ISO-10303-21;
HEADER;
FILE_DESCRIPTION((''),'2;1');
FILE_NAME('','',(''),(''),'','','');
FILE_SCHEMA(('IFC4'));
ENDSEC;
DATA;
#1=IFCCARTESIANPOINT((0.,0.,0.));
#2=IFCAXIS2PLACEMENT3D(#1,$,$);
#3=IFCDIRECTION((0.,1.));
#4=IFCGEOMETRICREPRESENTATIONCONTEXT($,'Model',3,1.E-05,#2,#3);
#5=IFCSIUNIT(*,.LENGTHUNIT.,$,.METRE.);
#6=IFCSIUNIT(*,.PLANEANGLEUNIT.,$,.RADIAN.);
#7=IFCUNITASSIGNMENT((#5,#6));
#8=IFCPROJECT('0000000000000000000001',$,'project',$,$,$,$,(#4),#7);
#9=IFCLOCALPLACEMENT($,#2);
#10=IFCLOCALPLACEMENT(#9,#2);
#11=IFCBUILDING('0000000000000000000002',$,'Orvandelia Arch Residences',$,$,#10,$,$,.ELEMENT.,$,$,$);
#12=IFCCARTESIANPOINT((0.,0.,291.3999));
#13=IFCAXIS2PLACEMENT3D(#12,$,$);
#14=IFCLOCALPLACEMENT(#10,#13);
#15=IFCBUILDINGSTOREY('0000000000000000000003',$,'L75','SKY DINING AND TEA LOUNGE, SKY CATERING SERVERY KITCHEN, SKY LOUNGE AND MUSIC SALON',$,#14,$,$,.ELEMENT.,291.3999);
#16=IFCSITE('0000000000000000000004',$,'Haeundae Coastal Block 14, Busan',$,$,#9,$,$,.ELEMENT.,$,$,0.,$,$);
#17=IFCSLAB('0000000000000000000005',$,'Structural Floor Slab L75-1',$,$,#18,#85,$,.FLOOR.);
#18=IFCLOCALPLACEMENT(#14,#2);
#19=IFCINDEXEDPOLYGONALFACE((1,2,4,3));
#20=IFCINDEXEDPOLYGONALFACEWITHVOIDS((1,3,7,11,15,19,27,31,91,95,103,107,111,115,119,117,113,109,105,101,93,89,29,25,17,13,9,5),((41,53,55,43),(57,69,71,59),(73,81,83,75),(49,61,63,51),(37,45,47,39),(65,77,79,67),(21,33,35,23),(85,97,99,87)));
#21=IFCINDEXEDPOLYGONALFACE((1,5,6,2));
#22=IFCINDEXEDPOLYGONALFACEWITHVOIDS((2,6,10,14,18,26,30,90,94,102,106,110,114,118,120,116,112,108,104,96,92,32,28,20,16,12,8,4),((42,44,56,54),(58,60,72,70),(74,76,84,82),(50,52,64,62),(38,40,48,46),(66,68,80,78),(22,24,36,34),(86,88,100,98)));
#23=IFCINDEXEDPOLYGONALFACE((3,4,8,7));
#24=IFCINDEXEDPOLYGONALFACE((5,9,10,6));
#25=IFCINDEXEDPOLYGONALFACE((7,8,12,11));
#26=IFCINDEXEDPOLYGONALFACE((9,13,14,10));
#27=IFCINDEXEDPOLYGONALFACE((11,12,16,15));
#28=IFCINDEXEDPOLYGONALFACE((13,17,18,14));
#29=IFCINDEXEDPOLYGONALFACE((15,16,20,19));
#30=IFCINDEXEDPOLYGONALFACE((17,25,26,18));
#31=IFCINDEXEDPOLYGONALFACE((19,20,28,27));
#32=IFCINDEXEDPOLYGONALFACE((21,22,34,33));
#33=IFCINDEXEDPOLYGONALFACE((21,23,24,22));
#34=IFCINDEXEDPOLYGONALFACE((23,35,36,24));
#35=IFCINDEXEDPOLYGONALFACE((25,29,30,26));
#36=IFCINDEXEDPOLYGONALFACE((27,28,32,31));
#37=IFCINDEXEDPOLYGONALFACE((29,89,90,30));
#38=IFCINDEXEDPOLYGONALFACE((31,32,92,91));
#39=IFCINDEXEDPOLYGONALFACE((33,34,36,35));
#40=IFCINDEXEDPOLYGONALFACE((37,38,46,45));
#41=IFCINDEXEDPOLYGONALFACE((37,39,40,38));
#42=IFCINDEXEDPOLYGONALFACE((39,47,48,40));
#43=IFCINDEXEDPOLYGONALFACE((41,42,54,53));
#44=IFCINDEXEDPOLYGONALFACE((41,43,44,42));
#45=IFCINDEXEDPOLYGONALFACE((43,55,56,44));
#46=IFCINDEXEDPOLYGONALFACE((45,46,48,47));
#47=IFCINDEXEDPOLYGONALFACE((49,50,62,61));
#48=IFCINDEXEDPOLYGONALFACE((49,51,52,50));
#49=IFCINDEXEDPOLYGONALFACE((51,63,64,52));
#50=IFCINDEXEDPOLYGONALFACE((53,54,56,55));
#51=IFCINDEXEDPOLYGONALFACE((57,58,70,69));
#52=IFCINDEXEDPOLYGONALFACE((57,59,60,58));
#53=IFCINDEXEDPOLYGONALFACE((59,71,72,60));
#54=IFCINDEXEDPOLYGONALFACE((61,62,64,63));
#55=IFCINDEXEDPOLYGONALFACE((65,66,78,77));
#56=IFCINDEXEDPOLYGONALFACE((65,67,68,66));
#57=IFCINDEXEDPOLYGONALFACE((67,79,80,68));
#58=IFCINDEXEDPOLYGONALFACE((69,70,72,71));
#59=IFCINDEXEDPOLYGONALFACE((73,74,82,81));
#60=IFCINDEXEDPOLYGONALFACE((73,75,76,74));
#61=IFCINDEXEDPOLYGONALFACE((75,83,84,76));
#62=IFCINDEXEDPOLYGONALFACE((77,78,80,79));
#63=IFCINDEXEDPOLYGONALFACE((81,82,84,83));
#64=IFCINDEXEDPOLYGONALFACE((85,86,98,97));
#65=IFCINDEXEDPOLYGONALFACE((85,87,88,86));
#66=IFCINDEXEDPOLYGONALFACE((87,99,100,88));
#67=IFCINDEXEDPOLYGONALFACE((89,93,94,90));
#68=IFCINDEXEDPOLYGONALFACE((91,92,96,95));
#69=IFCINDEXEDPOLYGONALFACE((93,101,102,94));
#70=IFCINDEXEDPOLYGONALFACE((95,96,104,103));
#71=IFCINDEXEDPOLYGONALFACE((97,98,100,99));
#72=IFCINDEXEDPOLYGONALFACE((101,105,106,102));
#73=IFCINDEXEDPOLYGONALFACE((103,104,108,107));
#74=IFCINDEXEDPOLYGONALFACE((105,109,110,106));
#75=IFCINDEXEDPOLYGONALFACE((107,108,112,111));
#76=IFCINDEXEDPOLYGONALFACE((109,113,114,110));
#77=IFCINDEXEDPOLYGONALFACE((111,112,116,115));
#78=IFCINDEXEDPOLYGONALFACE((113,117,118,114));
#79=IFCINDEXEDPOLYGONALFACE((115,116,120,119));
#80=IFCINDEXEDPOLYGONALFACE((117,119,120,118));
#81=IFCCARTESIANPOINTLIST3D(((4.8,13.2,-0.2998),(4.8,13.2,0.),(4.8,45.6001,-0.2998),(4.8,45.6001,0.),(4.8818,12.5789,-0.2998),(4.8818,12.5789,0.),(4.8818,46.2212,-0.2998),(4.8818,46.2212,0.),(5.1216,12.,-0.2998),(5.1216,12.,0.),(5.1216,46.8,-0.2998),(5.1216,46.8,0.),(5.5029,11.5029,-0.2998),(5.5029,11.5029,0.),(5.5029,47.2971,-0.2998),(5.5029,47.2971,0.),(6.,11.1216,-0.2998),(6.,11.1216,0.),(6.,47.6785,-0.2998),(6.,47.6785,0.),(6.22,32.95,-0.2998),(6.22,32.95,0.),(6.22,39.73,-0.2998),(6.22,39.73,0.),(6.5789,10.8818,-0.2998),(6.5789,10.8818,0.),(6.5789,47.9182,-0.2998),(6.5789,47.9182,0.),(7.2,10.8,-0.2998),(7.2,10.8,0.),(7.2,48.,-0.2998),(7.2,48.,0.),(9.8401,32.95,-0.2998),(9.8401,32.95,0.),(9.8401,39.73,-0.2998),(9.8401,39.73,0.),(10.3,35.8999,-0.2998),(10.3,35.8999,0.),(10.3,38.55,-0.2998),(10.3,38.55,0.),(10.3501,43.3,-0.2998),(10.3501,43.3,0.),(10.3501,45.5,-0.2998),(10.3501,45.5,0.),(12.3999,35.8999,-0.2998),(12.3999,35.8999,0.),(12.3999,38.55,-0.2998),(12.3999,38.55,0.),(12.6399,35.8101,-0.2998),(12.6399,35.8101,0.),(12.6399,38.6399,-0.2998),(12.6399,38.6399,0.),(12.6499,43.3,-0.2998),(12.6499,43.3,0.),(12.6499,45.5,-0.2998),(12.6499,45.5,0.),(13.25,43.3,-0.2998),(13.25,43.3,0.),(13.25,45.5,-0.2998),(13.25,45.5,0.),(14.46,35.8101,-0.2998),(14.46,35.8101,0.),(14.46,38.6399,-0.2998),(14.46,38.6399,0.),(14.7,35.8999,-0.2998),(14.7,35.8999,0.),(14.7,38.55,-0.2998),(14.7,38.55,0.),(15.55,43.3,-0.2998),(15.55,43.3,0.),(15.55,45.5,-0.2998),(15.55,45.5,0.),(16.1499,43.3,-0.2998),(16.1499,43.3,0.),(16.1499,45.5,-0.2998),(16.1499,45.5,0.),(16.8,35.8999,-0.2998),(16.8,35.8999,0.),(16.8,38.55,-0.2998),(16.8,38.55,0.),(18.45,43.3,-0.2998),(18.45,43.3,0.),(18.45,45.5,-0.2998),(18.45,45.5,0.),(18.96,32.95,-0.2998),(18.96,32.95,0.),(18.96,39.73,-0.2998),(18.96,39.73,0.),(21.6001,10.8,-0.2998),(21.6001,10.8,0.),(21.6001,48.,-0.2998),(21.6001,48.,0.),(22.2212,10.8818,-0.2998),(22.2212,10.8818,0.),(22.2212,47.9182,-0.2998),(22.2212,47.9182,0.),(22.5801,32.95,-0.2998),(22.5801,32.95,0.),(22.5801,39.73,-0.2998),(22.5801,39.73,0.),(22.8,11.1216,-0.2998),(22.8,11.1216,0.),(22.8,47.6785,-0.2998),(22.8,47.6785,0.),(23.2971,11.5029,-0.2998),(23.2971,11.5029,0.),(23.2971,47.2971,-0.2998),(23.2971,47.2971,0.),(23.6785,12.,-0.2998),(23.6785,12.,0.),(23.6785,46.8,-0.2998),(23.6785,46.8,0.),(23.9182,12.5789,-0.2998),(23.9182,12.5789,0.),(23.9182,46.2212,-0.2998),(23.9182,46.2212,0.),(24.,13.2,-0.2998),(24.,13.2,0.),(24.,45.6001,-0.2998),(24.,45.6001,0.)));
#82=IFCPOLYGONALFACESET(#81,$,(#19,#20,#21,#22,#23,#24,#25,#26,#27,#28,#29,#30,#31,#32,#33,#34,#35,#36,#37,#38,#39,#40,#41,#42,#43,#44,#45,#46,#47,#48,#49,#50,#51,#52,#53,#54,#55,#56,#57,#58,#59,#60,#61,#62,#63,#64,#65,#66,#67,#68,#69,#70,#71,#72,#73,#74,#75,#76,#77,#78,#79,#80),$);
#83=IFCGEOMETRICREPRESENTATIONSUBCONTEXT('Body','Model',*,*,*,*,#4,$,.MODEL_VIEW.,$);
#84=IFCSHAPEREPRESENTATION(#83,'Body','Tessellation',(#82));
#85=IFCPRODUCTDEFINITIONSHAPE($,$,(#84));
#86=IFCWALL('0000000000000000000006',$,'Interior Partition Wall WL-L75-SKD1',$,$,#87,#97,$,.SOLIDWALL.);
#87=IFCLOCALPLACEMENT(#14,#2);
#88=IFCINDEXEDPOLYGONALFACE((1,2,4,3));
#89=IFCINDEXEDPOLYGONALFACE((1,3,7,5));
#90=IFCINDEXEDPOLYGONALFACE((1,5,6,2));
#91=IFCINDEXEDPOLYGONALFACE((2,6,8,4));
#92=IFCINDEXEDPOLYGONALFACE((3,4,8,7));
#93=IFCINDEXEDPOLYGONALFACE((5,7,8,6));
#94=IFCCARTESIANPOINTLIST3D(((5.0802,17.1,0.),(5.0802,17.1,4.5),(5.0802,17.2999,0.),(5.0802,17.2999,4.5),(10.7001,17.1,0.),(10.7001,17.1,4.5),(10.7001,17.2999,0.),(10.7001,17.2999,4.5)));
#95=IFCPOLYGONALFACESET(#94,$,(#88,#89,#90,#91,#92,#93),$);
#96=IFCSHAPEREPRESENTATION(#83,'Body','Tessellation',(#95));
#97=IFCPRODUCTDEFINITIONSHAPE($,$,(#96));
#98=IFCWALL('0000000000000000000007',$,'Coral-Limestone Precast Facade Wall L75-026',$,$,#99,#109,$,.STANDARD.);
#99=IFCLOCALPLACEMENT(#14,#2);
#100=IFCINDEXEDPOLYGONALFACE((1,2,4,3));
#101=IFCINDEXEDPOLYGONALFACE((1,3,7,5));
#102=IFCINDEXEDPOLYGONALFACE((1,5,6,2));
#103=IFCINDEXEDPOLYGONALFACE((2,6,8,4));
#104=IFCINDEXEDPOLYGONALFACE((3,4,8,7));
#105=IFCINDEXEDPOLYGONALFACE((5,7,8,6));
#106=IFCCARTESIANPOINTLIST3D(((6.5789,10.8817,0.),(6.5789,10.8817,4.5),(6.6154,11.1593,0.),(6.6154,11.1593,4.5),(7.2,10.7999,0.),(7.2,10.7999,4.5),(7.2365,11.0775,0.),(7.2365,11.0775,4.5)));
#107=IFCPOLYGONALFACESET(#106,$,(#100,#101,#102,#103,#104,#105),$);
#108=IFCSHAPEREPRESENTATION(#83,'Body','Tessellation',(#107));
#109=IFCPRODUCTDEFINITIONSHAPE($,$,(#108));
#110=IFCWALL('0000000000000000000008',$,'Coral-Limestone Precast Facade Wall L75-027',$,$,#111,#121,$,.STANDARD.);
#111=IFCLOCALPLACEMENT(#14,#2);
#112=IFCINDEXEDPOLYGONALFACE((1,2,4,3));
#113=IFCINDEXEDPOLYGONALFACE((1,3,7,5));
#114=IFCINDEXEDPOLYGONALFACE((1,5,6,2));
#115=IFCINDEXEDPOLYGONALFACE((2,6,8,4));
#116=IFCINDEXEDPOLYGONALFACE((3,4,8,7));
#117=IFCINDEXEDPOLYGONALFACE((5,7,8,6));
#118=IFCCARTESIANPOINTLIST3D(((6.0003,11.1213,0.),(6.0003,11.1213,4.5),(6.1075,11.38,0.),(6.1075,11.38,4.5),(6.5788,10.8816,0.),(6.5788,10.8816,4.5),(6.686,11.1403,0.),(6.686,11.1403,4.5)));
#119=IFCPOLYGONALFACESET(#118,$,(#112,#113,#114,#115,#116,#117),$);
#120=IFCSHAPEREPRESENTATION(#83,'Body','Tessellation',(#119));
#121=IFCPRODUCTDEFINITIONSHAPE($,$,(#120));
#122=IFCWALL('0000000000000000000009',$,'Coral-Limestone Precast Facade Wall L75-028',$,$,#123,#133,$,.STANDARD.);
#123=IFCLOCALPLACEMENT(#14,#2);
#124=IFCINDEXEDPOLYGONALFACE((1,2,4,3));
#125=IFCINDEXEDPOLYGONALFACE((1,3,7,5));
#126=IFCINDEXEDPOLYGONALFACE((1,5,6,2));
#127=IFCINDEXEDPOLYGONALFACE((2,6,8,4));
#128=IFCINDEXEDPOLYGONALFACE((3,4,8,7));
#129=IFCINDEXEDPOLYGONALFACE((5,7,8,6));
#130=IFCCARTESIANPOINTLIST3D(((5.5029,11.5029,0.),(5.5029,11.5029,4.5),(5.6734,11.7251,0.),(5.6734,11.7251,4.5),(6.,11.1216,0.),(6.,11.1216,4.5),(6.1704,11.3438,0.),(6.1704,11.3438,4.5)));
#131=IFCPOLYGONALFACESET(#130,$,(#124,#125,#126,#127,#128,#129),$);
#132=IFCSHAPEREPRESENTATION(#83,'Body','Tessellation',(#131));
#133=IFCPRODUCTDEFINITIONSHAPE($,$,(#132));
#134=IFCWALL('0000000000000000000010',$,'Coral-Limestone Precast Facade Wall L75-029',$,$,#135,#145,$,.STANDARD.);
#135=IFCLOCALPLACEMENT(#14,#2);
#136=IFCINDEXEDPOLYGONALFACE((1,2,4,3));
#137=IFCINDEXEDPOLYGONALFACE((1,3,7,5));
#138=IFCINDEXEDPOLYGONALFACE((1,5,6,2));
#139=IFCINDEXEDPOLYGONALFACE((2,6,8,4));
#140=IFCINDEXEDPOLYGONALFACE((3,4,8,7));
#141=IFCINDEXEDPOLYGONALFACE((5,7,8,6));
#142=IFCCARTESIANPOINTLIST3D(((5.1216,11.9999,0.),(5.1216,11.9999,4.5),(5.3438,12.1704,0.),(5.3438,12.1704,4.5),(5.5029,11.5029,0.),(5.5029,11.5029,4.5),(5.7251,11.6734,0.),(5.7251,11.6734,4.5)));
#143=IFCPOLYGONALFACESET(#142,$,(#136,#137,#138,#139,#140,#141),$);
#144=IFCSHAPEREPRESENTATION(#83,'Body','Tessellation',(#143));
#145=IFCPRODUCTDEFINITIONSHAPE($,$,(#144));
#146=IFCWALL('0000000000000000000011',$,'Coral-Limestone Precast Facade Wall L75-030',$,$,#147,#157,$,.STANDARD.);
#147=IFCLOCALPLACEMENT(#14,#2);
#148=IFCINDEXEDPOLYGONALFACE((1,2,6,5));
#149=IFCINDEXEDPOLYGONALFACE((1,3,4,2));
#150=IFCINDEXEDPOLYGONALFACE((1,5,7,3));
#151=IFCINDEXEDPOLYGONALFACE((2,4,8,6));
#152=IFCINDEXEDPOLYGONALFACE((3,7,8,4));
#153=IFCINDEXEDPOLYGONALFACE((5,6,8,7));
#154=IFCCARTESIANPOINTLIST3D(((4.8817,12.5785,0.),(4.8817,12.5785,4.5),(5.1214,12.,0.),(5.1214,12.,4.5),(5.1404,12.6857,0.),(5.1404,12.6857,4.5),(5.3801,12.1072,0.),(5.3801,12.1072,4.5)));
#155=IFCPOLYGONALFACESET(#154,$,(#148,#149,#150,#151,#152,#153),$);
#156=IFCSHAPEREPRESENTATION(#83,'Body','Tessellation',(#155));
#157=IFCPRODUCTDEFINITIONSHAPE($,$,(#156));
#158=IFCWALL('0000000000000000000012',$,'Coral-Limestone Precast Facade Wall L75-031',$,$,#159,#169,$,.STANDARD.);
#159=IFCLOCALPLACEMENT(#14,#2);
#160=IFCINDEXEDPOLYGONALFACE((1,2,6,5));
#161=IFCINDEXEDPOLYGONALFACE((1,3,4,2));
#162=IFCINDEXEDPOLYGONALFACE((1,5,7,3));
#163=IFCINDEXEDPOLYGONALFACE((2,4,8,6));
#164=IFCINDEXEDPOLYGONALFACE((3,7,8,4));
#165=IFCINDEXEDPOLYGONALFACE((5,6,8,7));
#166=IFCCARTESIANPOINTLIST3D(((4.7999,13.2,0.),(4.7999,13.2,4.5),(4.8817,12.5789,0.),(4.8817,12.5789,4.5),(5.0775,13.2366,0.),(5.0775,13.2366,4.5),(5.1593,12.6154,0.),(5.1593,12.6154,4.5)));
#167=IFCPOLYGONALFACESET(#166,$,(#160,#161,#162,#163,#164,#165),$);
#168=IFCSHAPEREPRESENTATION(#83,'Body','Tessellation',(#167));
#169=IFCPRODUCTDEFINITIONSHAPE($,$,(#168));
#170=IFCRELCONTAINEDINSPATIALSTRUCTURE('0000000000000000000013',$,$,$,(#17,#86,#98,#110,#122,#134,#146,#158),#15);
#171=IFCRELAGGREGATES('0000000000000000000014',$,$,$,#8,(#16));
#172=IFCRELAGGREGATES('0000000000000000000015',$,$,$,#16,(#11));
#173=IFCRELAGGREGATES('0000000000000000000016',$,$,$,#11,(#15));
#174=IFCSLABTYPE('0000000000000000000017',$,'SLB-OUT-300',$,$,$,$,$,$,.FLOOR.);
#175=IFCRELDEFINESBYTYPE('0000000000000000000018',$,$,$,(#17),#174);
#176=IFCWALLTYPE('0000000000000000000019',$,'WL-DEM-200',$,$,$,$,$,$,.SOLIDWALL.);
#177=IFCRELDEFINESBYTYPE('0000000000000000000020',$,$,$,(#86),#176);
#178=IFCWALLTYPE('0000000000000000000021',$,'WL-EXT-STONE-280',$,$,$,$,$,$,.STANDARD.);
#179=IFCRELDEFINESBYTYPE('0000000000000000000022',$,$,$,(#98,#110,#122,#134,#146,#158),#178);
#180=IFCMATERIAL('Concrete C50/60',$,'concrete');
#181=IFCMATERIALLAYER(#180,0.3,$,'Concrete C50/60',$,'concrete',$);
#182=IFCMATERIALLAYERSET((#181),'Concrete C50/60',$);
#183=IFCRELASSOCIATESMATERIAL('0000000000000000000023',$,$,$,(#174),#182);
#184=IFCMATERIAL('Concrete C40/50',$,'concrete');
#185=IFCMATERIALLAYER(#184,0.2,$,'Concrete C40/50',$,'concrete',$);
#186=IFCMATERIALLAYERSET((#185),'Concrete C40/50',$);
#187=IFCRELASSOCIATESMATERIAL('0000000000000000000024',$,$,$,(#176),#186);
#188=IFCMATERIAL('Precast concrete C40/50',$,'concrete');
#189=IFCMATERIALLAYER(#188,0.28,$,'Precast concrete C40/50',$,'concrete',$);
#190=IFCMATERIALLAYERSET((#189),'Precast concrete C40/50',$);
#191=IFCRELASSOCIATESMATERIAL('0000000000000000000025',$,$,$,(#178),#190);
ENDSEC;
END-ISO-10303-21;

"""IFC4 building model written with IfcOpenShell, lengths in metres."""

from ifc_helpers import new_model, si_unit, direction, frame, frame_2d, origin, place, context, subcontext, project, spatial, polyline, rectangle, outline, extrude, material, layer, layer_set, type_object, element, save


model = new_model("IFC4")

# Units and contexts
model_context = context("Model", 3, precision=1e-05, world=origin(), true_north=direction((0.0, 1.0)))
body_context = subcontext(model_context, "Body", "Model", "MODEL_VIEW")
ifc_project = project(units=[si_unit("LENGTHUNIT", "METRE"), si_unit("PLANEANGLEUNIT", "RADIAN")], contexts=[model_context])

# Site, building, storey
site_placement = place(None, origin())
site = spatial("IfcSite", under=ifc_project, at=site_placement, Name="Haeundae Coastal Block 14, Busan", CompositionType="ELEMENT", RefElevation=0.0)
building_placement = place(site_placement, origin())
building = spatial("IfcBuilding", under=site, at=building_placement, Name="Orvandelia Arch Residences", CompositionType="ELEMENT")
storey_placement = place(building_placement, frame((0.0, 0.0, 291.3999)))
storey = spatial("IfcBuildingStorey", under=building, at=storey_placement, Name="L75", Description="SKY DINING AND TEA LOUNGE, SKY CATERING SERVERY KITCHEN, SKY LOUNGE AND MUSIC SALON", CompositionType="ELEMENT", Elevation=291.3999)

# Shared definitions
ifc_material_1 = material(Name="Concrete C50/60", Category="concrete")

# Shared definitions
ifc_material_2 = material(Name="Concrete C40/50", Category="concrete")

# Slab
ifc_layer_1 = layer(ifc_material_1, 0.3, Name="Concrete C50/60", Category="concrete")
ifc_layer_set_1 = layer_set([ifc_layer_1], Name="Concrete C50/60")
slab_type_1 = type_object("IfcSlabType", Name="SLB-OUT-300", PredefinedType="FLOOR", material=ifc_layer_set_1)
slab_1_placement = place(storey_placement, frame((0.0, 0.0, -0.2998)))
element("IfcSlab", 1, at=slab_1_placement, inside=storey, type_object=slab_type_1, Name="Structural Floor Slab L75-1", PredefinedType="FLOOR", context=body_context, shape_type="SweptSolid", body=[
    extrude(outline(polyline([(4.8, 13.2), (4.8818, 12.5789), (5.1216, 12.0), (5.5029, 11.5029), (6.0, 11.1216), (6.5789, 10.8818), (7.2, 10.8), (21.6001, 10.8), (22.2212, 10.8818), (22.8, 11.1216), (23.2971, 11.5029), (23.6785, 12.0), (23.9182, 12.5789), (24.0, 13.2), (24.0, 45.6001), (23.9182, 46.2212), (23.6785, 46.8), (23.2971, 47.2971), (22.8, 47.6785), (22.2212, 47.9182), (21.6001, 48.0), (7.2, 48.0), (6.5789, 47.9182), (6.0, 47.6785), (5.5029, 47.2971), (5.1216, 46.8), (4.8818, 46.2212), (4.8, 45.6001), (4.8, 13.2)]), holes=[polyline([(6.22, 32.95), (9.8401, 32.95), (9.8401, 39.73), (6.22, 39.73), (6.22, 32.95)]), polyline([(18.96, 32.95), (22.5801, 32.95), (22.5801, 39.73), (18.96, 39.73), (18.96, 32.95)]), polyline([(12.6399, 35.8101), (14.46, 35.8101), (14.46, 38.6399), (12.6399, 38.6399), (12.6399, 35.8101)]), polyline([(10.3, 35.8999), (12.3999, 35.8999), (12.3999, 38.55), (10.3, 38.55), (10.3, 35.8999)]), polyline([(14.7, 35.8999), (16.8, 35.8999), (16.8, 38.55), (14.7, 38.55), (14.7, 35.8999)]), polyline([(10.3501, 43.3), (12.6499, 43.3), (12.6499, 45.5), (10.3501, 45.5), (10.3501, 43.3)]), polyline([(13.25, 43.3), (15.55, 43.3), (15.55, 45.5), (13.25, 45.5), (13.25, 43.3)]), polyline([(16.1499, 43.3), (18.45, 43.3), (18.45, 45.5), (16.1499, 45.5), (16.1499, 43.3)])]), origin(), (0.0, 0.0, 1.0), 0.2998),
])

# Walls
ifc_layer_2 = layer(ifc_material_2, 0.2, Name="Concrete C40/50", Category="concrete")
ifc_layer_set_2 = layer_set([ifc_layer_2], Name="Concrete C40/50")
wall_type_1 = type_object("IfcWallType", Name="WL-DEM-200", PredefinedType="SOLIDWALL", material=ifc_layer_set_2)
wall_1_placement = place(storey_placement, frame((5.0801, 17.2, 0.0), z_axis=(0.0, 0.0, 1.0), x_axis=(1.0, 0.0, 0.0)))
element("IfcWall", 2, at=wall_1_placement, inside=storey, type_object=wall_type_1, Name="Interior Partition Wall WL-L75-SKD1", PredefinedType="SOLIDWALL", context=body_context, shape_type="SweptSolid", body=[
    extrude(rectangle(XDim=5.6199, YDim=0.2, at=frame_2d((2.8101, 0.0))), origin(), (0.0, 0.0, 1.0), 4.5),
])
ifc_material_3 = material(Name="Precast concrete C40/50", Category="concrete")
ifc_layer_3 = layer(ifc_material_3, 0.28, Name="Precast concrete C40/50", Category="concrete")
ifc_layer_set_3 = layer_set([ifc_layer_3], Name="Precast concrete C40/50")
wall_type_2 = type_object("IfcWallType", Name="WL-EXT-STONE-280", PredefinedType="STANDARD", material=ifc_layer_set_3)
wall_2_placement = place(storey_placement, frame((7.2183, 10.9387, 0.0), z_axis=(0.0, 0.0, 1.0), x_axis=(-0.991441, 0.130555, 0.0)))
element("IfcWall", 3, at=wall_2_placement, inside=storey, type_object=wall_type_2, Name="Coral-Limestone Precast Facade Wall L75-026", PredefinedType="STANDARD", context=body_context, shape_type="SweptSolid", body=[
    extrude(rectangle(XDim=0.6265, YDim=0.28, at=frame_2d((0.3132, 0.0))), origin(), (0.0, 0.0, 1.0), 4.5),
])
wall_3_placement = place(storey_placement, frame((6.6323, 11.011, 0.0), z_axis=(0.0, 0.0, 1.0), x_axis=(-0.923836, 0.382788, 0.0)))
element("IfcWall", 4, at=wall_3_placement, inside=storey, type_object=wall_type_2, Name="Coral-Limestone Precast Facade Wall L75-027", PredefinedType="STANDARD", context=body_context, shape_type="SweptSolid", body=[
    extrude(rectangle(XDim=0.6262, YDim=0.28, at=frame_2d((0.313, 0.0))), origin(), (0.0, 0.0, 1.0), 4.5),
])
for number, where, z_axis, x_axis, name in (
    (5, (6.0852, 11.2327, 0.0), (0.0, 0.0, 1.0), (-0.793406, 0.608693, 0.0), "Coral-Limestone Precast Facade Wall L75-028"),
    (6, (5.614, 11.5881, 0.0), (0.0, 0.0, 1.0), (-0.608693, 0.793406, 0.0), "Coral-Limestone Precast Facade Wall L75-029"),
):
    element("IfcWall", number, at=place(storey_placement, frame(where, z_axis=z_axis, x_axis=x_axis)), inside=storey, type_object=wall_type_2, Name=name, PredefinedType="STANDARD", context=body_context, shape_type="SweptSolid", body=[
        extrude(rectangle(XDim=0.6265, YDim=0.28, at=frame_2d((0.3132, 0.0))), origin(), (0.0, 0.0, 1.0), 4.5),
    ])
wall_4_placement = place(storey_placement, frame((5.2507, 12.0537, 0.0), z_axis=(0.0, 0.0, 1.0), x_axis=(-0.382788, 0.923836, 0.0)))
element("IfcWall", 7, at=wall_4_placement, inside=storey, type_object=wall_type_2, Name="Coral-Limestone Precast Facade Wall L75-030", PredefinedType="STANDARD", context=body_context, shape_type="SweptSolid", body=[
    extrude(rectangle(XDim=0.6262, YDim=0.28, at=frame_2d((0.313, 0.0))), origin(), (0.0, 0.0, 1.0), 4.5),
])
wall_5_placement = place(storey_placement, frame((5.0205, 12.5972, 0.0), z_axis=(0.0, 0.0, 1.0), x_axis=(-0.130555, 0.991441, 0.0)))
element("IfcWall", 8, at=wall_5_placement, inside=storey, type_object=wall_type_2, Name="Coral-Limestone Precast Facade Wall L75-031", PredefinedType="STANDARD", context=body_context, shape_type="SweptSolid", body=[
    extrude(rectangle(XDim=0.6265, YDim=0.28, at=frame_2d((0.3132, 0.0))), origin(), (0.0, 0.0, 1.0), 4.5),
])

save(model, "model.ifc")
